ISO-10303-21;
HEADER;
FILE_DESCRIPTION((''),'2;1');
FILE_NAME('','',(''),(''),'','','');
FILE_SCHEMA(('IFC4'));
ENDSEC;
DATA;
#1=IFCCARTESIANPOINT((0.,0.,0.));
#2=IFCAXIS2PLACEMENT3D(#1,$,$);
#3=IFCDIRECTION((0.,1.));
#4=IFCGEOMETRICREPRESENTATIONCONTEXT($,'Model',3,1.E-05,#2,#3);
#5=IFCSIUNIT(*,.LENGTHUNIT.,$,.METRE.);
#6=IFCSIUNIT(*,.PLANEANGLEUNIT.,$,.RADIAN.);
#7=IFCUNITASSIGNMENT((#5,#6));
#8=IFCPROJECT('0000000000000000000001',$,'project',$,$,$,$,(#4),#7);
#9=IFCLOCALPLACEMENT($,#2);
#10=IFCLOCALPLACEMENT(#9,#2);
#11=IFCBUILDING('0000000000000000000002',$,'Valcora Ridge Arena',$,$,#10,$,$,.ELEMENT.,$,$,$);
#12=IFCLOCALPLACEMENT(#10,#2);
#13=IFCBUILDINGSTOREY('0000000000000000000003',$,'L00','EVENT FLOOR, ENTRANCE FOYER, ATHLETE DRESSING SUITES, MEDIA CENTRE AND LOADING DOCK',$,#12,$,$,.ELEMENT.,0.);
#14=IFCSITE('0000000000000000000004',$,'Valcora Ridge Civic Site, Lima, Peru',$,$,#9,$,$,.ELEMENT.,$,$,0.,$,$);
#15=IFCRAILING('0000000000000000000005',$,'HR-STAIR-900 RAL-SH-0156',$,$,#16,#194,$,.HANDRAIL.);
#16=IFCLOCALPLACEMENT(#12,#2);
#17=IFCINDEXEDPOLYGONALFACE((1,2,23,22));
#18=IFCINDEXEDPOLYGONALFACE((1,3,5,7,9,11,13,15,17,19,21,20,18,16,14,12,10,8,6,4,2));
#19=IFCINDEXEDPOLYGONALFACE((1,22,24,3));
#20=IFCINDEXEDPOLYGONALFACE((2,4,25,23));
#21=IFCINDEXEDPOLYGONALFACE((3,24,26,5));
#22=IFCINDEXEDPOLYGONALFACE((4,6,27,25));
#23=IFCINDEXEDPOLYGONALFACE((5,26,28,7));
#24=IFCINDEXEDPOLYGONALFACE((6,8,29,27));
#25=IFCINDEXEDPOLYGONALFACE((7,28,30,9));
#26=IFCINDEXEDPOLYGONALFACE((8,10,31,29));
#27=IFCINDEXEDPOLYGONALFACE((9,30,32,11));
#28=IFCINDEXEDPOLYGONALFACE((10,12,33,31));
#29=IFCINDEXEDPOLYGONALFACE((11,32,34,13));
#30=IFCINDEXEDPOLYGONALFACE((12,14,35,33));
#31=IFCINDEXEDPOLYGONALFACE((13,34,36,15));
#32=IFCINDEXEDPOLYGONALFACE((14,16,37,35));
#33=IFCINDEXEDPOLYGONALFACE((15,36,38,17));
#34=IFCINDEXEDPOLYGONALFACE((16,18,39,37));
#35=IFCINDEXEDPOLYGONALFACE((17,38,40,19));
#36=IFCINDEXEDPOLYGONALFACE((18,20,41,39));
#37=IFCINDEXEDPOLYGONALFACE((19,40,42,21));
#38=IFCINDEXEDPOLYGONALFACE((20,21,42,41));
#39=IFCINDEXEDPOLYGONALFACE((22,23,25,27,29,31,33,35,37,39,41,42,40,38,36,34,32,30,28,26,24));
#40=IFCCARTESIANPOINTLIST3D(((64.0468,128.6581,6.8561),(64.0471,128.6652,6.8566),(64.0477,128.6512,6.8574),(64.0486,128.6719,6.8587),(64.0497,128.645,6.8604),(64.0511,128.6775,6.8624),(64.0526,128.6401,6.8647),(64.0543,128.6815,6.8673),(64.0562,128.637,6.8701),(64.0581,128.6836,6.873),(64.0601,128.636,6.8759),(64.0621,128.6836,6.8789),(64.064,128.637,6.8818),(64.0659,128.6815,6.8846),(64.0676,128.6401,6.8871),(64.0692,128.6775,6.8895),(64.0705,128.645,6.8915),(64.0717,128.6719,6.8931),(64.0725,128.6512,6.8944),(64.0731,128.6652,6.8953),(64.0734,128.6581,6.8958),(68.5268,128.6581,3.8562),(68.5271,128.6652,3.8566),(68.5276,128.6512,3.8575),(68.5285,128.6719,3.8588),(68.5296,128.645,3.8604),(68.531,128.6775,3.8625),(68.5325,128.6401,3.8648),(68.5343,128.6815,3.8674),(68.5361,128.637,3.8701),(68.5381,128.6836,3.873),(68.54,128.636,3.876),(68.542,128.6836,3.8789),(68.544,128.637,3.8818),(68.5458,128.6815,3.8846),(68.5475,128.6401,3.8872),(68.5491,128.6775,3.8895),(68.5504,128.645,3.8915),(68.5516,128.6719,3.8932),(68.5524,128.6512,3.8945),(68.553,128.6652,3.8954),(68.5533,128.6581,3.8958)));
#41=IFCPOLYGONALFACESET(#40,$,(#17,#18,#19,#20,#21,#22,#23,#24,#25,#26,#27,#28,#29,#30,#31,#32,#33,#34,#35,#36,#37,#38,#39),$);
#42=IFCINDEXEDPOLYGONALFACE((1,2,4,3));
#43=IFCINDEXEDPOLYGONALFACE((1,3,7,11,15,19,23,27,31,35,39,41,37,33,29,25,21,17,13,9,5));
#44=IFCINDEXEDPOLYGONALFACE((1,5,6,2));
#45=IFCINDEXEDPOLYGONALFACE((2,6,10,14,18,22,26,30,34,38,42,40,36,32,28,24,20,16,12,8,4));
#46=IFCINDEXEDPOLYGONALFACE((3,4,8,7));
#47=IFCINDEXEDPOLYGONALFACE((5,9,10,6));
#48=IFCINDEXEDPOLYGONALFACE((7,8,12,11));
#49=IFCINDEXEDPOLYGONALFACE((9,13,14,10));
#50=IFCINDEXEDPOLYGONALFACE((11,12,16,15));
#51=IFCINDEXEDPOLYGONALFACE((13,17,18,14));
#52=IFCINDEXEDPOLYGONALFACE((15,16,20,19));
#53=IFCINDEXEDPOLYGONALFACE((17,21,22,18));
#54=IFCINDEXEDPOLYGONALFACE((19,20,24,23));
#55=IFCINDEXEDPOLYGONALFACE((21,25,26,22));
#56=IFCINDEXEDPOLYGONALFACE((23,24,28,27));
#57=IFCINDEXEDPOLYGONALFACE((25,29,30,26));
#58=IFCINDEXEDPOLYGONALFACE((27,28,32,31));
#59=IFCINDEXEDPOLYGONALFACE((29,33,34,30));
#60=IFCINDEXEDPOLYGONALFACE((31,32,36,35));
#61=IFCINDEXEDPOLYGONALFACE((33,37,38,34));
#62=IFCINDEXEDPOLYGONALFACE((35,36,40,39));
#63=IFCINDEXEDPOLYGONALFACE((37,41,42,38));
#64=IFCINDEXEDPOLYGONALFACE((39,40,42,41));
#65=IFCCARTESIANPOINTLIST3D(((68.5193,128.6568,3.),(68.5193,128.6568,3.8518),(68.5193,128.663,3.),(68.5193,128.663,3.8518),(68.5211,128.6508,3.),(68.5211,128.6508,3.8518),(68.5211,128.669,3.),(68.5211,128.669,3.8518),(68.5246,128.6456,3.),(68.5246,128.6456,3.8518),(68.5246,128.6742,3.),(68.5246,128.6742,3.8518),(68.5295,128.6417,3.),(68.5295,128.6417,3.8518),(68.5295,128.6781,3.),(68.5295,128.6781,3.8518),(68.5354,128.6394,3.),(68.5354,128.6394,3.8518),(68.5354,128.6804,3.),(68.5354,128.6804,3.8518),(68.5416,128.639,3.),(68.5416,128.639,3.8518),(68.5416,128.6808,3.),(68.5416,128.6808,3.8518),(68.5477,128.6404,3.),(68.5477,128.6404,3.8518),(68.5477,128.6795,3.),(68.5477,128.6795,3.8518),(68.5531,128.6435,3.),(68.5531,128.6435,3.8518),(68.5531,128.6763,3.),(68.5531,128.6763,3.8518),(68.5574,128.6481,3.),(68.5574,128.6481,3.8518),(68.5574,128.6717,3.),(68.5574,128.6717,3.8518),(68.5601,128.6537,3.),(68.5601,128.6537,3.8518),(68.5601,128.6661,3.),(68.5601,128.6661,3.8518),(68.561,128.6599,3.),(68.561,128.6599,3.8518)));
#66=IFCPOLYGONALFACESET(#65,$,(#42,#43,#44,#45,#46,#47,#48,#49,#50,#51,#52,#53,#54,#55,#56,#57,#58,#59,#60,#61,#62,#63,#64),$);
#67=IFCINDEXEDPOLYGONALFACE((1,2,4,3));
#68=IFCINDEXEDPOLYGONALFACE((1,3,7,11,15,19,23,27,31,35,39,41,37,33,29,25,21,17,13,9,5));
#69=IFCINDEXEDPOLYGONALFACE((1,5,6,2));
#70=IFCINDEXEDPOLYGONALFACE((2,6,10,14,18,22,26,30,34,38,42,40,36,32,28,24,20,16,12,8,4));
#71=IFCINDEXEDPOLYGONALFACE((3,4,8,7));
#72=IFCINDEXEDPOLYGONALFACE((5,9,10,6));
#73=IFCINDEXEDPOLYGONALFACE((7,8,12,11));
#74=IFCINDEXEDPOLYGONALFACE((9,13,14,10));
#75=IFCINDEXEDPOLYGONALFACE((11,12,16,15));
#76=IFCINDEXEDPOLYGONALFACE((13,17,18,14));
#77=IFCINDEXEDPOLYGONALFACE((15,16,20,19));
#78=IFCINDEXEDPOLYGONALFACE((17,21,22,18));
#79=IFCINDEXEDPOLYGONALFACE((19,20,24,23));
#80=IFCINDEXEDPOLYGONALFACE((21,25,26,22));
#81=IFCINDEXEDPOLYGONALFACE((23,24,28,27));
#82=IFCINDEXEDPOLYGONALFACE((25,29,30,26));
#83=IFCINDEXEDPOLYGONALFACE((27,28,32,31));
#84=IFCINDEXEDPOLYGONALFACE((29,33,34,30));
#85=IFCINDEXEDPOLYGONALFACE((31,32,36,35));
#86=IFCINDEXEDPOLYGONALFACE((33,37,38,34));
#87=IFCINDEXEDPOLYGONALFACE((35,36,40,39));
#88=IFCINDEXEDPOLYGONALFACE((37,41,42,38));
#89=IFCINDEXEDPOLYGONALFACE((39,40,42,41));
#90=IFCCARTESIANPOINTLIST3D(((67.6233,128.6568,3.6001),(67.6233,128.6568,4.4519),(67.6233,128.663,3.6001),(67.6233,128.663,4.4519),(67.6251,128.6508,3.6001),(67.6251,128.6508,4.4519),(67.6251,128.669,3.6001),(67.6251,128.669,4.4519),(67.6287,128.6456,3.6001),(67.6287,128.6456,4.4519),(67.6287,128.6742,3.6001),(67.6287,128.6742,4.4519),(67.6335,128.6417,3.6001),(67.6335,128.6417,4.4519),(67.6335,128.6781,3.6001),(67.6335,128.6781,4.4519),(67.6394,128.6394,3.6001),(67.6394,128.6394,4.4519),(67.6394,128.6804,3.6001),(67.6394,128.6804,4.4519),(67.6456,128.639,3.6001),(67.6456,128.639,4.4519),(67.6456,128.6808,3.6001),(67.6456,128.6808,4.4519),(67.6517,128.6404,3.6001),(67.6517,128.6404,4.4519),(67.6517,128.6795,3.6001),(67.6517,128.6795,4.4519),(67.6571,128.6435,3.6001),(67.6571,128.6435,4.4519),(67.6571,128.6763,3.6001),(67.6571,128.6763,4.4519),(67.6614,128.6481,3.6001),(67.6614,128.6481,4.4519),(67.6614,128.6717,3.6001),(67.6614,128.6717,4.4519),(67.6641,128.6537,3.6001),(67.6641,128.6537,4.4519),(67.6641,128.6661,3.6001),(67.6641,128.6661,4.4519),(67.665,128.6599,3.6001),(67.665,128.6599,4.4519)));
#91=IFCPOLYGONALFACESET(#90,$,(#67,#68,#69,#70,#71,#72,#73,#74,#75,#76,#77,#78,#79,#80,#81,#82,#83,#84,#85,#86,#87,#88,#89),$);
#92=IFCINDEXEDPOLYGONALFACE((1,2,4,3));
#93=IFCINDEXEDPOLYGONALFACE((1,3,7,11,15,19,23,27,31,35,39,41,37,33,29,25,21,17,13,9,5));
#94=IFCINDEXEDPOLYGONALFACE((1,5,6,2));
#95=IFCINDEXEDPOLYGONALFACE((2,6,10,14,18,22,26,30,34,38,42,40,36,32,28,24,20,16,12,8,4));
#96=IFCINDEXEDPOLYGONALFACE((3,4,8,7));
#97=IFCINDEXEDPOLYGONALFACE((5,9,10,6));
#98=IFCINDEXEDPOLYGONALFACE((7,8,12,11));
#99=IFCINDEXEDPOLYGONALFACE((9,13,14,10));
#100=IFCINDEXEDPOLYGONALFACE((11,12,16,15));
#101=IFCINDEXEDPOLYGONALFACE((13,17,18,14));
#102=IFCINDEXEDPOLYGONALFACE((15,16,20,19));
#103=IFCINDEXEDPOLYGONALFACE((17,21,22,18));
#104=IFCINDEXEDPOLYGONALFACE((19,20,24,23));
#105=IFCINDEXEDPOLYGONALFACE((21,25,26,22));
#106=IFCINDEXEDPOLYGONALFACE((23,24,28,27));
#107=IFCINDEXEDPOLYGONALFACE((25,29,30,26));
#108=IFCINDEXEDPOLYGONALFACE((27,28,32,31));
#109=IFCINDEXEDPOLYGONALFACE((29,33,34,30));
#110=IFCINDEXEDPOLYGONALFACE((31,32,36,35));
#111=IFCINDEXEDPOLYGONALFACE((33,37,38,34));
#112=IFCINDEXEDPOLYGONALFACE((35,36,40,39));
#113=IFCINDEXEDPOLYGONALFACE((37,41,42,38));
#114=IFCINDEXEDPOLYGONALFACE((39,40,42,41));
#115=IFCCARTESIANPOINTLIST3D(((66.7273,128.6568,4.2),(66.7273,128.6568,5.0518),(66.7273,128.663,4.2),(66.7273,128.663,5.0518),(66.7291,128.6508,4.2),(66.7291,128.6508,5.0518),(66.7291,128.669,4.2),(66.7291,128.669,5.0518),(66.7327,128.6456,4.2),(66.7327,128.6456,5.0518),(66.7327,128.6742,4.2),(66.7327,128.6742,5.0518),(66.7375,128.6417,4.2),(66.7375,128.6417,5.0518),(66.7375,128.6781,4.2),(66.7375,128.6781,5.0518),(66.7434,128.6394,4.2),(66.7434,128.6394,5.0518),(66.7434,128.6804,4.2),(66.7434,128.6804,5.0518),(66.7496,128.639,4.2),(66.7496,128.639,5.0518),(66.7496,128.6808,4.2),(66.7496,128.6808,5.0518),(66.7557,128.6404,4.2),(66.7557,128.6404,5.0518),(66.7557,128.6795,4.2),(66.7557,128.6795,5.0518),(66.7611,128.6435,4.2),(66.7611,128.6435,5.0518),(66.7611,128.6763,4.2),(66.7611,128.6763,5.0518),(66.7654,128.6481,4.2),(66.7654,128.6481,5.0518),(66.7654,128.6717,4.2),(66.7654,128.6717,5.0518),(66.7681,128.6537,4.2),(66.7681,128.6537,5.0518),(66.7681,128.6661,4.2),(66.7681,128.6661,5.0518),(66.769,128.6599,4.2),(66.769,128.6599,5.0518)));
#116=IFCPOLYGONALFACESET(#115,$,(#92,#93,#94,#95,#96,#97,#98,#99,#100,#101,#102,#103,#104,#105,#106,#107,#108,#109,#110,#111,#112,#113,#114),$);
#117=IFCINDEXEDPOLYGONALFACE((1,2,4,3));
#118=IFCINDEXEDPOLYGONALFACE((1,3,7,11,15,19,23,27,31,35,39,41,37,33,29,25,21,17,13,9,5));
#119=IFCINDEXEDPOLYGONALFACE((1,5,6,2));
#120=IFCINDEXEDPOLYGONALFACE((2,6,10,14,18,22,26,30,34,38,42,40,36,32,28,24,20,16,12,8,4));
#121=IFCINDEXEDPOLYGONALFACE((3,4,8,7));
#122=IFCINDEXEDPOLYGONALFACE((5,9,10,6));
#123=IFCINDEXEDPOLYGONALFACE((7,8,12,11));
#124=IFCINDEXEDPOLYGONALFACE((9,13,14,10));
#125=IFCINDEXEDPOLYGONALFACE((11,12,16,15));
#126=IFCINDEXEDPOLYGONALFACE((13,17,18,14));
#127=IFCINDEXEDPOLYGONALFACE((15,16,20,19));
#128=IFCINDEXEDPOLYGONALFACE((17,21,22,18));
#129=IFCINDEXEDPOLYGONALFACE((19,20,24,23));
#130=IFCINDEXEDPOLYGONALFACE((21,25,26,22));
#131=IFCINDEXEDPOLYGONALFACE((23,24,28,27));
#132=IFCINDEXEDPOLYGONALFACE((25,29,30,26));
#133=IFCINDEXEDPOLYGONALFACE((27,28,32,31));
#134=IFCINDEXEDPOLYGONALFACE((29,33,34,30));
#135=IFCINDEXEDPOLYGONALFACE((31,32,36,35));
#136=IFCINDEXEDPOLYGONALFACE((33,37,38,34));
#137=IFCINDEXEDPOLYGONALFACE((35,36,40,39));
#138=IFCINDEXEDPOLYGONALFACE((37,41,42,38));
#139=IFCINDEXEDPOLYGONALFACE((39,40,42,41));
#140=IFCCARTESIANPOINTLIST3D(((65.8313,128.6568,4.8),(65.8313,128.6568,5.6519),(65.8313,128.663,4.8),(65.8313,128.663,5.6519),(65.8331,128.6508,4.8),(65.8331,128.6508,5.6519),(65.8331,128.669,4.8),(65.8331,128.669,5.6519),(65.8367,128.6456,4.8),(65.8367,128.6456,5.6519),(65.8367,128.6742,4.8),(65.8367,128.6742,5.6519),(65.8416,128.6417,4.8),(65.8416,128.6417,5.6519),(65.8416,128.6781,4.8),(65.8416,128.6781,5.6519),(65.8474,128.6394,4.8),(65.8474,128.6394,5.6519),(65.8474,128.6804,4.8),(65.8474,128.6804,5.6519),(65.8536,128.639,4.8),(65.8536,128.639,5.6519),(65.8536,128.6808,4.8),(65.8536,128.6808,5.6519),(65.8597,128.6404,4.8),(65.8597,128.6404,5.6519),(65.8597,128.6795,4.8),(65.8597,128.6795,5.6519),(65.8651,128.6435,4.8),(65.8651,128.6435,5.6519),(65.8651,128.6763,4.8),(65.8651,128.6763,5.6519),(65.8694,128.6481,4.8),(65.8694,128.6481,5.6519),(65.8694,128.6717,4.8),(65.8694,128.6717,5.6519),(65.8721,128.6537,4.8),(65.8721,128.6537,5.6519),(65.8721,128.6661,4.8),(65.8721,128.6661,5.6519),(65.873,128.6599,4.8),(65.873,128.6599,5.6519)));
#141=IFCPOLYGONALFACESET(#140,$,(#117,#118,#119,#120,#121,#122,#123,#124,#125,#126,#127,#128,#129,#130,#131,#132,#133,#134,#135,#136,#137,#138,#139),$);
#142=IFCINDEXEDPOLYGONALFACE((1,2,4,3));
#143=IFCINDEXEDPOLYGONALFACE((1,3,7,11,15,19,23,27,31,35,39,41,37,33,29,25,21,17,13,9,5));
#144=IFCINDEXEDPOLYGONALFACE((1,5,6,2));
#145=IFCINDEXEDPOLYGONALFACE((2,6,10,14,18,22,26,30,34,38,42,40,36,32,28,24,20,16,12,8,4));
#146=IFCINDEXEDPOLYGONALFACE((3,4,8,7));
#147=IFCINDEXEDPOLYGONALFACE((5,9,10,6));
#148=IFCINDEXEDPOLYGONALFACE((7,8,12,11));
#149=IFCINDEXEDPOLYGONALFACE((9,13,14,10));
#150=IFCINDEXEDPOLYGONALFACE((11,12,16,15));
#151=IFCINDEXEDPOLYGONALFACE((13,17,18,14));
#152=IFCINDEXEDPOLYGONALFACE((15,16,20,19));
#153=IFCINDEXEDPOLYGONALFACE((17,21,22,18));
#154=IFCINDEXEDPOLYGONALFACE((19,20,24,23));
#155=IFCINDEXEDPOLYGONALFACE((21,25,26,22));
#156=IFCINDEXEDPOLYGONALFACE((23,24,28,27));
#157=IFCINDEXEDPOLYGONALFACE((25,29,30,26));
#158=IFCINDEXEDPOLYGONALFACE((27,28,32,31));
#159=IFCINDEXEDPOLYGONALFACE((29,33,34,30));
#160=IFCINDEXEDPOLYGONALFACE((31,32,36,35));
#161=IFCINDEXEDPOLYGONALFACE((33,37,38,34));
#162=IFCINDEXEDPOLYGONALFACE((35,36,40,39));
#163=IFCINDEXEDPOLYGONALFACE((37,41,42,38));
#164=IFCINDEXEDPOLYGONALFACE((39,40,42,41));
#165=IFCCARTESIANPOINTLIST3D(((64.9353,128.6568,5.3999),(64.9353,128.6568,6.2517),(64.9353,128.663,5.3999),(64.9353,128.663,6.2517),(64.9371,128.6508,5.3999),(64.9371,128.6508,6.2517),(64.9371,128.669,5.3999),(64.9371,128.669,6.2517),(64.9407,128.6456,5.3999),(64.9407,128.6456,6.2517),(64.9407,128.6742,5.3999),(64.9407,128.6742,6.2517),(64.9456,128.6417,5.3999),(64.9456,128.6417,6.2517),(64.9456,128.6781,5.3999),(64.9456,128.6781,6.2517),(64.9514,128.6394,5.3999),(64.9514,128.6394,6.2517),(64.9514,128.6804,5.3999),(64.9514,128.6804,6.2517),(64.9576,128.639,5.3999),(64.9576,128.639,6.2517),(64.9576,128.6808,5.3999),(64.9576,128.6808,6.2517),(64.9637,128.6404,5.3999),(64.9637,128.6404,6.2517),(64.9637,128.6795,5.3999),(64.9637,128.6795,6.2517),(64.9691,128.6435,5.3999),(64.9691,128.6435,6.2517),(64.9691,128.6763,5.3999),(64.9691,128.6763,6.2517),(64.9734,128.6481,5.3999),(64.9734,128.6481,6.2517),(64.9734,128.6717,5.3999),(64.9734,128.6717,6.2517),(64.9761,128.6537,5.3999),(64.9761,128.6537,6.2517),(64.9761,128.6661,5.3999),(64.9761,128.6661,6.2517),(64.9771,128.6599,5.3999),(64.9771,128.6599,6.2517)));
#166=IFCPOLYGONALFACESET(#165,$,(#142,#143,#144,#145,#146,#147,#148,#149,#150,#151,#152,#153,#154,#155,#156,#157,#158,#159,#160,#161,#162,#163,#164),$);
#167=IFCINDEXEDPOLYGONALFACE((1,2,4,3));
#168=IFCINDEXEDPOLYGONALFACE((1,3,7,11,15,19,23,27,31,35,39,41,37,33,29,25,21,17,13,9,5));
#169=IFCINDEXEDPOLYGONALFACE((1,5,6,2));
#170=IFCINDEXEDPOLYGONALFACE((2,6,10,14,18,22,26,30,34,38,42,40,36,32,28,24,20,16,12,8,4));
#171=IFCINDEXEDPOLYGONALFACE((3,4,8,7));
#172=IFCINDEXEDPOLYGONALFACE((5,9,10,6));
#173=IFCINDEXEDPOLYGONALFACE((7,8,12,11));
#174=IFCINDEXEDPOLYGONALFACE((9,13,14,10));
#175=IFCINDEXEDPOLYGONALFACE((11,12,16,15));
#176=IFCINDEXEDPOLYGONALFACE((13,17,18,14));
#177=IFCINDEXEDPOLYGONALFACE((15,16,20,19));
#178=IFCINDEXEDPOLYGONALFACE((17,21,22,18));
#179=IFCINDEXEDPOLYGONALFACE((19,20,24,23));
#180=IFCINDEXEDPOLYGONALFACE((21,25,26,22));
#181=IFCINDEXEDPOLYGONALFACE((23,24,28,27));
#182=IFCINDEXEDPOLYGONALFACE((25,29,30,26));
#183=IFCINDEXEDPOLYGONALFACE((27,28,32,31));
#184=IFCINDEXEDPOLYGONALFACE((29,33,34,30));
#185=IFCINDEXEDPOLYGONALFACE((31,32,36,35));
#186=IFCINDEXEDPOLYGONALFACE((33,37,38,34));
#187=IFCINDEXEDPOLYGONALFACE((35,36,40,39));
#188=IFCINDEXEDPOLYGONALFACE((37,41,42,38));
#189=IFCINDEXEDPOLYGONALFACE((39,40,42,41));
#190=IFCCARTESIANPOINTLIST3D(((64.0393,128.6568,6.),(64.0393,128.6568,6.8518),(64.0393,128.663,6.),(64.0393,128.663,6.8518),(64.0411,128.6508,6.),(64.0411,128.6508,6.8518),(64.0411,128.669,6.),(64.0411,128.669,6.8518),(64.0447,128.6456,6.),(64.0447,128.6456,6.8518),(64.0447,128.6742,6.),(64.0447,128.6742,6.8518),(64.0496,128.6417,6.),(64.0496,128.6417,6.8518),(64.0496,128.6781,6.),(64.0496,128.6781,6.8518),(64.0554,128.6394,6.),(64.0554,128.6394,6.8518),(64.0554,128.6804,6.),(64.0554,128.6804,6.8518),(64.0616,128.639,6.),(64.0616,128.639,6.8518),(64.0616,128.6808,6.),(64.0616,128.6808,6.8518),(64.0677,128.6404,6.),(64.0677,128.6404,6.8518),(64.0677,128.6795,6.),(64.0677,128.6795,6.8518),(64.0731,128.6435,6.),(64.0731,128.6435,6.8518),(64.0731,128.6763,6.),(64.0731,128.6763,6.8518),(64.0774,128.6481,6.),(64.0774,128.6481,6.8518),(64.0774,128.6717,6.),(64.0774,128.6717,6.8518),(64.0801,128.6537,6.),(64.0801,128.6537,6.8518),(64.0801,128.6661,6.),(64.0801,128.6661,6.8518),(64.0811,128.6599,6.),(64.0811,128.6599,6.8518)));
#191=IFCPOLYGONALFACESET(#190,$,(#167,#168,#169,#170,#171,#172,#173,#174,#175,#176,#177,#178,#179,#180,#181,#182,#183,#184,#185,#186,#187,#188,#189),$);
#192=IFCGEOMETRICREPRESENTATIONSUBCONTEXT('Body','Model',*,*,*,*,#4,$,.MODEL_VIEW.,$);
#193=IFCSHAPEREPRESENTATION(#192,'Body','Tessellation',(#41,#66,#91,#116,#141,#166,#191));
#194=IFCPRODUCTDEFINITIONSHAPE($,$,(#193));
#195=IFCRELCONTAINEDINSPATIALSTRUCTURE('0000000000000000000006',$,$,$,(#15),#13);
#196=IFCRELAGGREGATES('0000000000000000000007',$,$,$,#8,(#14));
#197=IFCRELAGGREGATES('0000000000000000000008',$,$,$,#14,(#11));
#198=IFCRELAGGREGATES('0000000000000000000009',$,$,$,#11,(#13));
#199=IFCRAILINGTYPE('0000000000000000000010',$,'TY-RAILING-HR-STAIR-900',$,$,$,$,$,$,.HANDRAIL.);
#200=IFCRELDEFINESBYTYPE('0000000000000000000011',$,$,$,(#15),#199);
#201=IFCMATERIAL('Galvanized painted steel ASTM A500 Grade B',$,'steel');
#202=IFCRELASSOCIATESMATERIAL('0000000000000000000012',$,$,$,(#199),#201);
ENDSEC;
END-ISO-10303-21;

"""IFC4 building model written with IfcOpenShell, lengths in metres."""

from ifc_helpers import new_model, si_unit, direction, frame, origin, origin_2d, place, context, subcontext, project, spatial, circle, extrude, material, type_object, element, save


model = new_model("IFC4")

# Units and contexts
model_context = context("Model", 3, precision=1e-05, world=origin(), true_north=direction((0.0, 1.0)))
body_context = subcontext(model_context, "Body", "Model", "MODEL_VIEW")
ifc_project = project(units=[si_unit("LENGTHUNIT", "METRE"), si_unit("PLANEANGLEUNIT", "RADIAN")], contexts=[model_context])

# Site, building, storey
site_placement = place(None, origin())
site = spatial("IfcSite", under=ifc_project, at=site_placement, Name="Valcora Ridge Civic Site, Lima, Peru", CompositionType="ELEMENT", RefElevation=0.0)
building_placement = place(site_placement, origin())
building = spatial("IfcBuilding", under=site, at=building_placement, Name="Valcora Ridge Arena", CompositionType="ELEMENT")
storey_placement = place(building_placement, origin())
storey = spatial("IfcBuildingStorey", under=building, at=storey_placement, Name="L00", Description="EVENT FLOOR, ENTRANCE FOYER, ATHLETE DRESSING SUITES, MEDIA CENTRE AND LOADING DOCK", CompositionType="ELEMENT", Elevation=0.0)

# Railing
ifc_material_1 = material(Name="Galvanized painted steel ASTM A500 Grade B", Category="steel")
railing_type = type_object("IfcRailingType", Name="TY-RAILING-HR-STAIR-900", PredefinedType="HANDRAIL", material=ifc_material_1)
railing_placement = place(storey_placement, frame((68.54, 128.6599, 3.0)))
element("IfcRailing", 1, at=railing_placement, inside=storey, type_object=railing_type, Name="HR-STAIR-900 RAL-SH-0156", PredefinedType="HANDRAIL", context=body_context, shape_type="SweptSolid", body=[
    extrude(circle(Radius=0.0239, at=origin_2d()), frame((0.0, 0.0, 0.876), z_axis=(-0.830906, 0.0, 0.556413), x_axis=(0.0, -1.0, 0.0)), (0.0, 0.0, 1.0), 5.3916),
    extrude(circle(Radius=0.021, at=origin_2d()), origin(), (0.0, 0.0, 1.0), 0.8518),
    extrude(circle(Radius=0.021, at=origin_2d()), frame((-0.896, 0.0, 0.6001)), (0.0, 0.0, 1.0), 0.8518),
    extrude(circle(Radius=0.021, at=origin_2d()), frame((-1.792, 0.0, 1.2)), (0.0, 0.0, 1.0), 0.8518),
    extrude(circle(Radius=0.021, at=origin_2d()), frame((-2.688, 0.0, 1.8)), (0.0, 0.0, 1.0), 0.8518),
    extrude(circle(Radius=0.021, at=origin_2d()), frame((-3.584, 0.0, 2.3999)), (0.0, 0.0, 1.0), 0.8518),
    extrude(circle(Radius=0.021, at=origin_2d()), frame((-4.48, 0.0, 3.0)), (0.0, 0.0, 1.0), 0.8518),
])

save(model, "model.ifc")
